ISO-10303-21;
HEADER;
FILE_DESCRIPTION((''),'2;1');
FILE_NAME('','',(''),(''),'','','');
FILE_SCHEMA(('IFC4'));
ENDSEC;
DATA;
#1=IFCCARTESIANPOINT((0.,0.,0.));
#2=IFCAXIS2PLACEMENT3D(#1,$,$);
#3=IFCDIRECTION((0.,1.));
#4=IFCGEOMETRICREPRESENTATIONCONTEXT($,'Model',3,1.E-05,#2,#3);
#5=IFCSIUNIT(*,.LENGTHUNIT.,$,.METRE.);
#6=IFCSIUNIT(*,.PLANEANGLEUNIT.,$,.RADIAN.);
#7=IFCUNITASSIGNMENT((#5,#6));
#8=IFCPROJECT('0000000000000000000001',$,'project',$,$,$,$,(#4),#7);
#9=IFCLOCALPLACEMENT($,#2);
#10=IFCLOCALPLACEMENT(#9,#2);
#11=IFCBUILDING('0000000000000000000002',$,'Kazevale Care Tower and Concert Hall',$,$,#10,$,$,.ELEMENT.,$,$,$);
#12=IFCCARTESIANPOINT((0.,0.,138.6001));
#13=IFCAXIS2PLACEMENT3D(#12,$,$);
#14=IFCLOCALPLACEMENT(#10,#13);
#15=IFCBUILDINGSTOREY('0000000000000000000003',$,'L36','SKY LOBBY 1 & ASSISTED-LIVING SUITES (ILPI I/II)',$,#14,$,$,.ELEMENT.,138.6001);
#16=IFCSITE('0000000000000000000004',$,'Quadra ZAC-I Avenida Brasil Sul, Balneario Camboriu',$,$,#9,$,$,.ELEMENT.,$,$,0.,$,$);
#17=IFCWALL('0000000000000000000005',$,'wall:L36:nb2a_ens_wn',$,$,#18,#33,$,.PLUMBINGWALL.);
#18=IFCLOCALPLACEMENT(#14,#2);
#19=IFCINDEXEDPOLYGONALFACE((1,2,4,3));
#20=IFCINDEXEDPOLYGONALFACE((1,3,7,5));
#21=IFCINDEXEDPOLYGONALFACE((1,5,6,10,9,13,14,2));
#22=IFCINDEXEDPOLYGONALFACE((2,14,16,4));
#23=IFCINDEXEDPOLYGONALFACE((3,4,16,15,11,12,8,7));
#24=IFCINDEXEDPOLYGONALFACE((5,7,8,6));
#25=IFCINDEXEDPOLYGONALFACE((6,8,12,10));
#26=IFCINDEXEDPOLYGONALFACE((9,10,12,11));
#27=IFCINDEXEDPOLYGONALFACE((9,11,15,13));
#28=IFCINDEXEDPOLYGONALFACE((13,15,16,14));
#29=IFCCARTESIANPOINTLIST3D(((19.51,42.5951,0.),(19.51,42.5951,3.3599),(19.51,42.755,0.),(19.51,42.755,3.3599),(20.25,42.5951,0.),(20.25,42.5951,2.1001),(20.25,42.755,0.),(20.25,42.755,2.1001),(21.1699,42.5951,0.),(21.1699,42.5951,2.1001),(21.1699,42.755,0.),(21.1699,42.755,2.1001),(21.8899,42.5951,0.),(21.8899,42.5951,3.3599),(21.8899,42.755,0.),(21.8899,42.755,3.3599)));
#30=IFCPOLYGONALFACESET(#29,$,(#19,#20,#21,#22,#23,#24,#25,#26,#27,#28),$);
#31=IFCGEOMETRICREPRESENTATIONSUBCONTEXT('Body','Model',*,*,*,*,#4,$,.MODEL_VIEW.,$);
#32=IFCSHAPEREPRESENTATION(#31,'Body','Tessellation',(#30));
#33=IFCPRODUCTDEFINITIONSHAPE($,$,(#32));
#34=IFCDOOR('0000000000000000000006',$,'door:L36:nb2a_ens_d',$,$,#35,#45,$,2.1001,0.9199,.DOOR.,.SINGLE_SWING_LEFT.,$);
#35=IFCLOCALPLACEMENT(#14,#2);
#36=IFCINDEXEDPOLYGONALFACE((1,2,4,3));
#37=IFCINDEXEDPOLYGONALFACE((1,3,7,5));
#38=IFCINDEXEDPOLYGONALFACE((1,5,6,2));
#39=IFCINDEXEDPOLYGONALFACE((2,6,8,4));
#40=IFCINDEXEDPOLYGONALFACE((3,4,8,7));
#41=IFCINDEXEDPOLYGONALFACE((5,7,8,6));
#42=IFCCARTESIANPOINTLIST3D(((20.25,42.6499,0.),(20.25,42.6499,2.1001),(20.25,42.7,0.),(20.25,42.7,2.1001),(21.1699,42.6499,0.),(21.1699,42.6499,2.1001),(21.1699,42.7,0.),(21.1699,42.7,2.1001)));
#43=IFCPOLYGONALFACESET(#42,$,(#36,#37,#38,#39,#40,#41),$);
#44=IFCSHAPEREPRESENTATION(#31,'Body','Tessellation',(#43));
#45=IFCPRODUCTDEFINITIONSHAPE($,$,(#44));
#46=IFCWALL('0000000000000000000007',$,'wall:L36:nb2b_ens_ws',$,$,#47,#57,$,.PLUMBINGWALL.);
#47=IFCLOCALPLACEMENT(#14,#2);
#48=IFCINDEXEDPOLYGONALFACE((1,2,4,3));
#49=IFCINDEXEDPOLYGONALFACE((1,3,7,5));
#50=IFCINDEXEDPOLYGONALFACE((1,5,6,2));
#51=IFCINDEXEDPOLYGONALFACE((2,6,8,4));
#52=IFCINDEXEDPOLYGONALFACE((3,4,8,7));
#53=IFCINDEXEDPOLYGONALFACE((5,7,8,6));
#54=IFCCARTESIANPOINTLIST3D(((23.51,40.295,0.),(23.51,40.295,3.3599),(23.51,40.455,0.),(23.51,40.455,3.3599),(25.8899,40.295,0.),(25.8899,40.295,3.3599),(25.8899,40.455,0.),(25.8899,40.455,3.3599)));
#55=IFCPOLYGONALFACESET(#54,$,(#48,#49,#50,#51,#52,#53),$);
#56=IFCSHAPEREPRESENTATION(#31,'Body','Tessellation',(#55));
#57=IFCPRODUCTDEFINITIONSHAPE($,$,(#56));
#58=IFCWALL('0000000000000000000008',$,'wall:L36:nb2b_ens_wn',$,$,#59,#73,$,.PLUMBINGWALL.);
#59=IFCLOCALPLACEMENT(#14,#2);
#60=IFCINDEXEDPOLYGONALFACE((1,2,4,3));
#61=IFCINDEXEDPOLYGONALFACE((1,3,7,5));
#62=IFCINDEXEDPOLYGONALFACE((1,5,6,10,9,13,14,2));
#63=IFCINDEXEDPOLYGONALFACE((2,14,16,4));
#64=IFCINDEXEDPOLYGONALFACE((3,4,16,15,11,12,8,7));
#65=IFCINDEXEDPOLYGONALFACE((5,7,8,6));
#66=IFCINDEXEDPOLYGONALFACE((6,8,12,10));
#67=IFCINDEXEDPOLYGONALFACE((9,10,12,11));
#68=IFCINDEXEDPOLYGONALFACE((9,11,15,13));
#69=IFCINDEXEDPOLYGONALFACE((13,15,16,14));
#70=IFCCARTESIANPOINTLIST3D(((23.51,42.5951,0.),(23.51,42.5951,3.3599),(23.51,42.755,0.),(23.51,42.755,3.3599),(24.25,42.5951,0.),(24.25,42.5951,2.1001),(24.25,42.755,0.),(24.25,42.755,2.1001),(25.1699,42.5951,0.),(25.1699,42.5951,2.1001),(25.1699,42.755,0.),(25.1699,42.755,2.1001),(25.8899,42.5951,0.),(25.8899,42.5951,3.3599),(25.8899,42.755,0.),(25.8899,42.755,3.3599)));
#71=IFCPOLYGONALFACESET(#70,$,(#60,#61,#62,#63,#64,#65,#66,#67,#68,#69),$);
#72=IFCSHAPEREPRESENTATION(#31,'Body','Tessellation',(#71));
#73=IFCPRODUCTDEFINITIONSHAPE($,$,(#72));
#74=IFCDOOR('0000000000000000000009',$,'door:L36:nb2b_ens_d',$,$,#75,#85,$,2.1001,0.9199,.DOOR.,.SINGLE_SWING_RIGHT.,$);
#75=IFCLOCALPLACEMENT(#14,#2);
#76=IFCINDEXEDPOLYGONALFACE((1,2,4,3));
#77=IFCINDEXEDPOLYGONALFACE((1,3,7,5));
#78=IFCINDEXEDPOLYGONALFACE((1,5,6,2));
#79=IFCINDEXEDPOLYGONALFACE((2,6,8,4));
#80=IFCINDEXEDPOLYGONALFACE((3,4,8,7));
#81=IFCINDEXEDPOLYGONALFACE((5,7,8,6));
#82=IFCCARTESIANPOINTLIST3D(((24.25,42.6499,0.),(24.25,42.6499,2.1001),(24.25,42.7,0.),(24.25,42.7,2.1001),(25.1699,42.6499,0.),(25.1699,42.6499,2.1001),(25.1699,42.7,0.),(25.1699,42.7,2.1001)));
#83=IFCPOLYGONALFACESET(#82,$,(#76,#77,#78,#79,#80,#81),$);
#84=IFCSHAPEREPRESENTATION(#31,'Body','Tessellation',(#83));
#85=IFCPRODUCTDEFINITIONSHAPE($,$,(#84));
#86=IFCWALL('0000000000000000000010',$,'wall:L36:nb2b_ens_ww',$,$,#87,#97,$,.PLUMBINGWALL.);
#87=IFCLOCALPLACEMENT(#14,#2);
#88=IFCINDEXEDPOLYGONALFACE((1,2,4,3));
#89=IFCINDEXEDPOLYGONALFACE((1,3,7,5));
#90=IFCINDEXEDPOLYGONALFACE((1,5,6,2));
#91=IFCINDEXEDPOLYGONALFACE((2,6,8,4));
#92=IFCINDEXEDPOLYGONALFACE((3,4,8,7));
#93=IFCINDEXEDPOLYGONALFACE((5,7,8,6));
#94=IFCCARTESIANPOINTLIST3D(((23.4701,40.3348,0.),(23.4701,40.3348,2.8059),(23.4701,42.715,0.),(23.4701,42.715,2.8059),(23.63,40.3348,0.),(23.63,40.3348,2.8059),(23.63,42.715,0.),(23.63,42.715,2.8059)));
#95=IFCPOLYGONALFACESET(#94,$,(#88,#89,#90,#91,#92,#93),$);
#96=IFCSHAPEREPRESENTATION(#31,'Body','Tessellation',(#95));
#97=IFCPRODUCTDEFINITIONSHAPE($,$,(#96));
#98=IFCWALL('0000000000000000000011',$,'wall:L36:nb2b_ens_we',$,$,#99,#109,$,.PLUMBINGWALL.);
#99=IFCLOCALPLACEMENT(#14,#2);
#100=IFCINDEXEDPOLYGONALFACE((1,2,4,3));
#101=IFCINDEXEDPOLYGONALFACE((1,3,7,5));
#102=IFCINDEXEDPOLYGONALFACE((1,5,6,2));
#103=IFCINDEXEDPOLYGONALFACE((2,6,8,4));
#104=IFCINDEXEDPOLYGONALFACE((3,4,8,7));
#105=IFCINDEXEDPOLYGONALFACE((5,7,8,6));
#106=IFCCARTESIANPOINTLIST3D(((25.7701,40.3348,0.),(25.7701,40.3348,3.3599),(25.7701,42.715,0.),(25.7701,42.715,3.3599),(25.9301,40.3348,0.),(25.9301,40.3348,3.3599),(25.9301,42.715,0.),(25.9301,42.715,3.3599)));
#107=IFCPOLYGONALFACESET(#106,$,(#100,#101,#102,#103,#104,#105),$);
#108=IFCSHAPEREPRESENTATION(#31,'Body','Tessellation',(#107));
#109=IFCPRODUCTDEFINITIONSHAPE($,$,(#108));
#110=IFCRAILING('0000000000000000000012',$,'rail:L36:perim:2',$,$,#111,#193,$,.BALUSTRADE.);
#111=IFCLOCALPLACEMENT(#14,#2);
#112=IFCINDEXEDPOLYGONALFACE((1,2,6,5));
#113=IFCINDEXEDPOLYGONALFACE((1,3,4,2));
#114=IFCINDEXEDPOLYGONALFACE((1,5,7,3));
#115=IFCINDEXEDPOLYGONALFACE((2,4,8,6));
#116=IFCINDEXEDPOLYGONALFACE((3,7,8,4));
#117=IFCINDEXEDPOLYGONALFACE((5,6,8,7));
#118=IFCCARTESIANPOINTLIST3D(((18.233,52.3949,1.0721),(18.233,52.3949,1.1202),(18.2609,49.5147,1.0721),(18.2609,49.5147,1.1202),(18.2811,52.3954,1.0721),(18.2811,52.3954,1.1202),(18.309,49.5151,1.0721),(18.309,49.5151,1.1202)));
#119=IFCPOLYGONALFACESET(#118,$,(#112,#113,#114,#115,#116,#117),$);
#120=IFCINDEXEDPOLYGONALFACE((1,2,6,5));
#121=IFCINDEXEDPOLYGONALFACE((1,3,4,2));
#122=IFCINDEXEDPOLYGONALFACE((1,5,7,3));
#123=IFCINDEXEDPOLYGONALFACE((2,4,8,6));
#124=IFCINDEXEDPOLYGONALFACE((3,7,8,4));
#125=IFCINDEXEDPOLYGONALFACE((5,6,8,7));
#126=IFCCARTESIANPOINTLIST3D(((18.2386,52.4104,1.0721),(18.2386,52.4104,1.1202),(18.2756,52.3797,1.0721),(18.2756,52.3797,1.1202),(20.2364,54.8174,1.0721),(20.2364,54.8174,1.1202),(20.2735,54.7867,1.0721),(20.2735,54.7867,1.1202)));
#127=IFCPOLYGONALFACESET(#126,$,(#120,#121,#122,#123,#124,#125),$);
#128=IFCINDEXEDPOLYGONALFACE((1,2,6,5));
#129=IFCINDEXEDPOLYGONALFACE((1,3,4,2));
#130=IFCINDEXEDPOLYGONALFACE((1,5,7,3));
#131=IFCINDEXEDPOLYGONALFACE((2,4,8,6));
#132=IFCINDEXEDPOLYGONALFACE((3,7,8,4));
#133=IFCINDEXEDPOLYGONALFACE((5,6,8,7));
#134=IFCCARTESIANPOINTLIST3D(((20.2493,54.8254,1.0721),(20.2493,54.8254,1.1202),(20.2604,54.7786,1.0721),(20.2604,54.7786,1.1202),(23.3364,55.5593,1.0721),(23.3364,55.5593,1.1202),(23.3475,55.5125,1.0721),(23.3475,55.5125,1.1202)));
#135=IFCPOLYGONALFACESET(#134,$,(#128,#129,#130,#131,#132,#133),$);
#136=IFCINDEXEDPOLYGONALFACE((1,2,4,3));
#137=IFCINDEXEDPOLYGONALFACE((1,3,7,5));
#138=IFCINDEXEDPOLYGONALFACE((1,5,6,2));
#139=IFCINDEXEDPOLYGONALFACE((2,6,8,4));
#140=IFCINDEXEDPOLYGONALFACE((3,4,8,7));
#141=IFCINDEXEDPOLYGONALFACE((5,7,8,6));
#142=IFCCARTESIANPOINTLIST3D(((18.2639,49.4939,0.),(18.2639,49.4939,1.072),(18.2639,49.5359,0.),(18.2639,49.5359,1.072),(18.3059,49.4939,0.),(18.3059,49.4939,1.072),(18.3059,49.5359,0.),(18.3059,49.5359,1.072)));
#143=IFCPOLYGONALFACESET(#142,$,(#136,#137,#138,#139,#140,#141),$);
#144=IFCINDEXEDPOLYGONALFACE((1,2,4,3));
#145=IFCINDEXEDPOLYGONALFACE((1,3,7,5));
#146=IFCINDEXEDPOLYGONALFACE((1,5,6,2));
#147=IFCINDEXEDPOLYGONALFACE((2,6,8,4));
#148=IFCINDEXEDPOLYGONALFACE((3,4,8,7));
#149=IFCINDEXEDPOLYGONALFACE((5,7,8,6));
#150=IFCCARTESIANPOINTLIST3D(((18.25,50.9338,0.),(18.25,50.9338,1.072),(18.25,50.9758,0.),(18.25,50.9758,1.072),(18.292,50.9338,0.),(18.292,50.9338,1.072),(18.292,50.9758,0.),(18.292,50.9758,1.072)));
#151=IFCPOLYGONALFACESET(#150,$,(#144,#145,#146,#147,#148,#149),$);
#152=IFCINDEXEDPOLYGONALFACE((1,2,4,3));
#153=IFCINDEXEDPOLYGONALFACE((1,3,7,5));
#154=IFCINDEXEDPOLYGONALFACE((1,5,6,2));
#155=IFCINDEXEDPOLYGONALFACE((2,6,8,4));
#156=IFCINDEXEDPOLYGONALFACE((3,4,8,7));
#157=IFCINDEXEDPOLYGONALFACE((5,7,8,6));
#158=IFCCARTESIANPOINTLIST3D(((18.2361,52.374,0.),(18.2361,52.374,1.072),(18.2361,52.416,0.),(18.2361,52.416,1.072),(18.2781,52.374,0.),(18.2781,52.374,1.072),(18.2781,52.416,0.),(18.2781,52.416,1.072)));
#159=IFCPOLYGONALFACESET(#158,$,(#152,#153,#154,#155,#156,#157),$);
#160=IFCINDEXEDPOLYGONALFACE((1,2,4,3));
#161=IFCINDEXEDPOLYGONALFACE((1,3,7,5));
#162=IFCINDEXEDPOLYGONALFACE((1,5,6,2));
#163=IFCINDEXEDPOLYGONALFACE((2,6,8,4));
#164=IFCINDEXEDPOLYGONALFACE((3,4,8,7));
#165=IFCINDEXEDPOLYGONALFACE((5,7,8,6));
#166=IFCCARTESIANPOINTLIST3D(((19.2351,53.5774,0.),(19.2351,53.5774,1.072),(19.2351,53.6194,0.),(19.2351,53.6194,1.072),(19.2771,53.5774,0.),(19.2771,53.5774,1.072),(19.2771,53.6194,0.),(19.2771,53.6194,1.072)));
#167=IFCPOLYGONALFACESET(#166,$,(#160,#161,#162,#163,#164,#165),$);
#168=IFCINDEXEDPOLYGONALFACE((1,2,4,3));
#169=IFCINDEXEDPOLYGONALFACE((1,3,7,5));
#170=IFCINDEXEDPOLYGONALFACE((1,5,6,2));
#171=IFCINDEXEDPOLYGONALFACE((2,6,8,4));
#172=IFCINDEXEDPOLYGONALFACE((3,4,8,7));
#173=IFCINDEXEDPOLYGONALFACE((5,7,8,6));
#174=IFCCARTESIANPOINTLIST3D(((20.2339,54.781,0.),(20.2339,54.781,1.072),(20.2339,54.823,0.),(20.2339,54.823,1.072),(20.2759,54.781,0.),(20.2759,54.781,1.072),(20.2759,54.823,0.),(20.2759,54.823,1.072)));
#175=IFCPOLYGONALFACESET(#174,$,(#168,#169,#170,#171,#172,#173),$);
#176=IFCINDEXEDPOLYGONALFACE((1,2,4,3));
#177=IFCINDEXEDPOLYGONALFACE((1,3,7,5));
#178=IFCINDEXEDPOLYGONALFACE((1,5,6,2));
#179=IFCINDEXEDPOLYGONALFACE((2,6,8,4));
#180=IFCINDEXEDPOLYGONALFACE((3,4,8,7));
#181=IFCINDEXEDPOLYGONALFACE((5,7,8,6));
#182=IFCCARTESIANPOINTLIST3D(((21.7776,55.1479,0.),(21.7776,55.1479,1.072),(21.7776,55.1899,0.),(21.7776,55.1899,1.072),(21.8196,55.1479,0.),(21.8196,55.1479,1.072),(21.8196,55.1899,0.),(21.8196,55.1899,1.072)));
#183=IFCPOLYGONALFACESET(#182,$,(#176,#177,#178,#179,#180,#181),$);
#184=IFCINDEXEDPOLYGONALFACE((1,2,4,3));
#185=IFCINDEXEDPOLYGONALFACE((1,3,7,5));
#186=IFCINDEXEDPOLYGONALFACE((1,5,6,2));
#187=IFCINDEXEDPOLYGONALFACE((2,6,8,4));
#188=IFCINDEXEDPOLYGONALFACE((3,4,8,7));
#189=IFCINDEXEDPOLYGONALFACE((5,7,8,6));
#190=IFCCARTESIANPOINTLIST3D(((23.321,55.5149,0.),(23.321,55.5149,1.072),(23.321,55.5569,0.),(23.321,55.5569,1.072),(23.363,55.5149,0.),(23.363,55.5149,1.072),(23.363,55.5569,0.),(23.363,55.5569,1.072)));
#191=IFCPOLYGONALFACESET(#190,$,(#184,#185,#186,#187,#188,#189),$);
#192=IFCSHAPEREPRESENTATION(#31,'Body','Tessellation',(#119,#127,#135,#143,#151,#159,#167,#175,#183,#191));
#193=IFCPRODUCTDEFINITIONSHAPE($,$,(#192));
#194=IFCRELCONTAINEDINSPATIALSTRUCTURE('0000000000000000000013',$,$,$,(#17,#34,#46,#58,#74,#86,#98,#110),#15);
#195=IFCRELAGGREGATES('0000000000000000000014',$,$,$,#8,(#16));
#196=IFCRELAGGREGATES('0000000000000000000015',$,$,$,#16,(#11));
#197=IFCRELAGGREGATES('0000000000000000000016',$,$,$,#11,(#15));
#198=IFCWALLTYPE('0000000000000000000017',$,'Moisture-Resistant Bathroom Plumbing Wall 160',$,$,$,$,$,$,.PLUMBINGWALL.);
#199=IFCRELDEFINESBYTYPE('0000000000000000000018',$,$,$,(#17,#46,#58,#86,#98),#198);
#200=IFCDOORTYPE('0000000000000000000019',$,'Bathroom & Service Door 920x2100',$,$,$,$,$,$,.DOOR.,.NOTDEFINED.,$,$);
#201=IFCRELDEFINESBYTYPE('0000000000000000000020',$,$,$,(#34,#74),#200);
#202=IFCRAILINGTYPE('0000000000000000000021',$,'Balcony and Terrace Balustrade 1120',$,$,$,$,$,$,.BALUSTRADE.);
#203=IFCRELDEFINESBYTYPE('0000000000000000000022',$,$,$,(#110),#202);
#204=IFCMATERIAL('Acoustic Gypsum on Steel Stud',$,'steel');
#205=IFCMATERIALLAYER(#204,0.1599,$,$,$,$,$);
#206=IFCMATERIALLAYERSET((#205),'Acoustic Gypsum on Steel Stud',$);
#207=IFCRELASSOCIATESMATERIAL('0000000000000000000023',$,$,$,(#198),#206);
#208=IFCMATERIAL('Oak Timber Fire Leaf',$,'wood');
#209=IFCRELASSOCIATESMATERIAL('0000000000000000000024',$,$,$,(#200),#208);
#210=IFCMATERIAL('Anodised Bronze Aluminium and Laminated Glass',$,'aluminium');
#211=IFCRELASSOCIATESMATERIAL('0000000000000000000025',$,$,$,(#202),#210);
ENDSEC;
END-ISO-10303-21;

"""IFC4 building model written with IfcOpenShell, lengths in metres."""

from ifc_helpers import new_model, si_unit, direction, frame, frame_2d, origin, origin_2d, place, context, subcontext, project, spatial, rectangle, extrude, material, layer, layer_set, type_object, element, fill, save


model = new_model("IFC4")

# Units and contexts
model_context = context("Model", 3, precision=1e-05, world=origin(), true_north=direction((0.0, 1.0)))
body_context = subcontext(model_context, "Body", "Model", "MODEL_VIEW")
ifc_project = project(units=[si_unit("LENGTHUNIT", "METRE"), si_unit("PLANEANGLEUNIT", "RADIAN")], contexts=[model_context])

# Site, building, storey
site_placement = place(None, origin())
site = spatial("IfcSite", under=ifc_project, at=site_placement, Name="Quadra ZAC-I Avenida Brasil Sul, Balneario Camboriu", CompositionType="ELEMENT", RefElevation=0.0)
building_placement = place(site_placement, origin())
building = spatial("IfcBuilding", under=site, at=building_placement, Name="Kazevale Care Tower and Concert Hall", CompositionType="ELEMENT")
storey_placement = place(building_placement, frame((0.0, 0.0, 138.6001)))
storey = spatial("IfcBuildingStorey", under=building, at=storey_placement, Name="L36", Description="SKY LOBBY 1 & ASSISTED-LIVING SUITES (ILPI I/II)", CompositionType="ELEMENT", Elevation=138.6001)

# Shared definitions
ifc_material_1 = material(Name="Acoustic Gypsum on Steel Stud", Category="steel")
ifc_layer_1 = layer(ifc_material_1, 0.1599)
ifc_layer_set_1 = layer_set([ifc_layer_1], Name="Acoustic Gypsum on Steel Stud")
wall_type_1 = type_object("IfcWallType", Name="Moisture-Resistant Bathroom Plumbing Wall 160", PredefinedType="PLUMBINGWALL", material=ifc_layer_set_1)

# Wall, opening, door
wall_1_placement = place(storey_placement, frame((19.51, 42.675, 0.0), z_axis=(0.0, 0.0, 1.0), x_axis=(1.0, 0.0, 0.0)))
wall_1 = element("IfcWall", 1, at=wall_1_placement, inside=storey, type_object=wall_type_1, Name="wall:L36:nb2a_ens_wn", PredefinedType="PLUMBINGWALL", context=body_context, shape_type="SweptSolid", body=[
    extrude(rectangle(XDim=2.3799, YDim=0.1599, at=frame_2d((1.1899, 0.0))), origin(), (0.0, 0.0, 1.0), 3.3599),
])
opening_1_placement = place(wall_1_placement, frame((0.74, 0.0, 0.0)))
opening_1 = element("IfcOpeningElement", 2, at=opening_1_placement, cuts=wall_1, PredefinedType="OPENING", context=body_context, shape_type="SweptSolid", body=[
    extrude(rectangle(XDim=0.9199, YDim=2.1001, at=frame_2d((0.46, 1.05))), frame((0.0, 0.0898, 0.0), z_axis=(0.0, -1.0, 0.0), x_axis=(1.0, 0.0, 0.0)), (0.0, 0.0, 1.0), 0.1799),
])
ifc_material_2 = material(Name="Oak Timber Fire Leaf", Category="wood")
door_type = type_object("IfcDoorType", Name="Bathroom & Service Door 920x2100", OperationType="NOTDEFINED", PredefinedType="DOOR", material=ifc_material_2)
door_1_placement = place(opening_1_placement, origin())
door_1 = element("IfcDoor", 3, at=door_1_placement, inside=storey, type_object=door_type, Name="door:L36:nb2a_ens_d", OperationType="SINGLE_SWING_LEFT", OverallHeight=2.1001, OverallWidth=0.9199, PredefinedType="DOOR", context=body_context, shape_type="SweptSolid", body=[
    extrude(rectangle(XDim=0.9199, YDim=2.1001, at=frame_2d((0.46, 1.05))), frame((0.0, 0.0249, 0.0), z_axis=(0.0, -1.0, 0.0), x_axis=(1.0, 0.0, 0.0)), (0.0, 0.0, 1.0), 0.05),
])
fill(opening_1, door_1)

# Wall
wall_2_placement = place(storey_placement, frame((23.51, 40.375, 0.0), z_axis=(0.0, 0.0, 1.0), x_axis=(1.0, 0.0, 0.0)))
element("IfcWall", 4, at=wall_2_placement, inside=storey, type_object=wall_type_1, Name="wall:L36:nb2b_ens_ws", PredefinedType="PLUMBINGWALL", context=body_context, shape_type="SweptSolid", body=[
    extrude(rectangle(XDim=2.3799, YDim=0.1599, at=frame_2d((1.1899, 0.0))), origin(), (0.0, 0.0, 1.0), 3.3599),
])

# Wall, opening, door
wall_3_placement = place(storey_placement, frame((23.51, 42.675, 0.0), z_axis=(0.0, 0.0, 1.0), x_axis=(1.0, 0.0, 0.0)))
wall_3 = element("IfcWall", 5, at=wall_3_placement, inside=storey, type_object=wall_type_1, Name="wall:L36:nb2b_ens_wn", PredefinedType="PLUMBINGWALL", context=body_context, shape_type="SweptSolid", body=[
    extrude(rectangle(XDim=2.3799, YDim=0.1599, at=frame_2d((1.1899, 0.0))), origin(), (0.0, 0.0, 1.0), 3.3599),
])
opening_2_placement = place(wall_3_placement, frame((0.74, 0.0, 0.0)))
opening_2 = element("IfcOpeningElement", 6, at=opening_2_placement, cuts=wall_3, PredefinedType="OPENING", context=body_context, shape_type="SweptSolid", body=[
    extrude(rectangle(XDim=0.9199, YDim=2.1001, at=frame_2d((0.46, 1.05))), frame((0.0, 0.0898, 0.0), z_axis=(0.0, -1.0, 0.0), x_axis=(1.0, 0.0, 0.0)), (0.0, 0.0, 1.0), 0.1799),
])
door_2_placement = place(opening_2_placement, origin())
door_2 = element("IfcDoor", 7, at=door_2_placement, inside=storey, type_object=door_type, Name="door:L36:nb2b_ens_d", OperationType="SINGLE_SWING_RIGHT", OverallHeight=2.1001, OverallWidth=0.9199, PredefinedType="DOOR", context=body_context, shape_type="SweptSolid", body=[
    extrude(rectangle(XDim=0.9199, YDim=2.1001, at=frame_2d((0.46, 1.05))), frame((0.0, 0.0249, 0.0), z_axis=(0.0, -1.0, 0.0), x_axis=(1.0, 0.0, 0.0)), (0.0, 0.0, 1.0), 0.05),
])
fill(opening_2, door_2)

# Walls
wall_4_placement = place(storey_placement, frame((23.55, 40.335, 0.0), z_axis=(0.0, 0.0, 1.0), x_axis=(0.0, 1.0, 0.0)))
element("IfcWall", 8, at=wall_4_placement, inside=storey, type_object=wall_type_1, Name="wall:L36:nb2b_ens_ww", PredefinedType="PLUMBINGWALL", context=body_context, shape_type="SweptSolid", body=[
    extrude(rectangle(XDim=2.3801, YDim=0.1599, at=frame_2d((1.1899, 0.0))), origin(), (0.0, 0.0, 1.0), 2.8059),
])
wall_5_placement = place(storey_placement, frame((25.8501, 40.335, 0.0), z_axis=(0.0, 0.0, 1.0), x_axis=(0.0, 1.0, 0.0)))
element("IfcWall", 9, at=wall_5_placement, inside=storey, type_object=wall_type_1, Name="wall:L36:nb2b_ens_we", PredefinedType="PLUMBINGWALL", context=body_context, shape_type="SweptSolid", body=[
    extrude(rectangle(XDim=2.3801, YDim=0.1599, at=frame_2d((1.1899, 0.0))), origin(), (0.0, 0.0, 1.0), 3.3599),
])

# Railing
ifc_material_3 = material(Name="Anodised Bronze Aluminium and Laminated Glass", Category="aluminium")
railing_type = type_object("IfcRailingType", Name="Balcony and Terrace Balustrade 1120", PredefinedType="BALUSTRADE", material=ifc_material_3)
railing_1_placement = place(storey_placement, frame((18.2849, 49.5149, 0.0)))
element("IfcRailing", 10, at=railing_1_placement, inside=storey, type_object=railing_type, Name="rail:L36:perim:2", PredefinedType="BALUSTRADE", context=body_context, shape_type="SweptSolid", body=[
    extrude(rectangle(XDim=0.0481, YDim=0.0481, at=origin_2d()), frame((0.0, 0.0, 1.0962), z_axis=(-0.009663, 0.999953, 0.0), x_axis=(-0.999953, -0.009663, 0.0)), (0.0, 0.0, 1.0), 2.8804),
    extrude(rectangle(XDim=0.0481, YDim=0.0481, at=origin_2d()), frame((-0.0278, 2.8801, 1.0962), z_axis=(0.638671, 0.76948, 0.0), x_axis=(-0.76948, 0.638671, 0.0)), (0.0, 0.0, 1.0), 3.1282),
    extrude(rectangle(XDim=0.0481, YDim=0.0481, at=origin_2d()), frame((1.97, 5.2871, 1.0962), z_axis=(0.972888, 0.231277, 0.0), x_axis=(-0.231277, 0.972888, 0.0)), (0.0, 0.0, 1.0), 3.1731),
    extrude(rectangle(XDim=0.042, YDim=0.042, at=origin_2d()), origin(), (0.0, 0.0, 1.0), 1.072),
    extrude(rectangle(XDim=0.042, YDim=0.042, at=origin_2d()), frame((-0.0139, 1.4399, 0.0)), (0.0, 0.0, 1.0), 1.072),
    extrude(rectangle(XDim=0.042, YDim=0.042, at=origin_2d()), frame((-0.0278, 2.8801, 0.0)), (0.0, 0.0, 1.0), 1.072),
    extrude(rectangle(XDim=0.042, YDim=0.042, at=origin_2d()), frame((0.9712, 4.0835, 0.0)), (0.0, 0.0, 1.0), 1.072),
    extrude(rectangle(XDim=0.042, YDim=0.042, at=origin_2d()), frame((1.97, 5.2871, 0.0)), (0.0, 0.0, 1.0), 1.072),
    extrude(rectangle(XDim=0.042, YDim=0.042, at=origin_2d()), frame((3.5137, 5.6541, 0.0)), (0.0, 0.0, 1.0), 1.072),
    extrude(rectangle(XDim=0.042, YDim=0.042, at=origin_2d()), frame((5.0571, 6.021, 0.0)), (0.0, 0.0, 1.0), 1.072),
])

save(model, "model.ifc")
